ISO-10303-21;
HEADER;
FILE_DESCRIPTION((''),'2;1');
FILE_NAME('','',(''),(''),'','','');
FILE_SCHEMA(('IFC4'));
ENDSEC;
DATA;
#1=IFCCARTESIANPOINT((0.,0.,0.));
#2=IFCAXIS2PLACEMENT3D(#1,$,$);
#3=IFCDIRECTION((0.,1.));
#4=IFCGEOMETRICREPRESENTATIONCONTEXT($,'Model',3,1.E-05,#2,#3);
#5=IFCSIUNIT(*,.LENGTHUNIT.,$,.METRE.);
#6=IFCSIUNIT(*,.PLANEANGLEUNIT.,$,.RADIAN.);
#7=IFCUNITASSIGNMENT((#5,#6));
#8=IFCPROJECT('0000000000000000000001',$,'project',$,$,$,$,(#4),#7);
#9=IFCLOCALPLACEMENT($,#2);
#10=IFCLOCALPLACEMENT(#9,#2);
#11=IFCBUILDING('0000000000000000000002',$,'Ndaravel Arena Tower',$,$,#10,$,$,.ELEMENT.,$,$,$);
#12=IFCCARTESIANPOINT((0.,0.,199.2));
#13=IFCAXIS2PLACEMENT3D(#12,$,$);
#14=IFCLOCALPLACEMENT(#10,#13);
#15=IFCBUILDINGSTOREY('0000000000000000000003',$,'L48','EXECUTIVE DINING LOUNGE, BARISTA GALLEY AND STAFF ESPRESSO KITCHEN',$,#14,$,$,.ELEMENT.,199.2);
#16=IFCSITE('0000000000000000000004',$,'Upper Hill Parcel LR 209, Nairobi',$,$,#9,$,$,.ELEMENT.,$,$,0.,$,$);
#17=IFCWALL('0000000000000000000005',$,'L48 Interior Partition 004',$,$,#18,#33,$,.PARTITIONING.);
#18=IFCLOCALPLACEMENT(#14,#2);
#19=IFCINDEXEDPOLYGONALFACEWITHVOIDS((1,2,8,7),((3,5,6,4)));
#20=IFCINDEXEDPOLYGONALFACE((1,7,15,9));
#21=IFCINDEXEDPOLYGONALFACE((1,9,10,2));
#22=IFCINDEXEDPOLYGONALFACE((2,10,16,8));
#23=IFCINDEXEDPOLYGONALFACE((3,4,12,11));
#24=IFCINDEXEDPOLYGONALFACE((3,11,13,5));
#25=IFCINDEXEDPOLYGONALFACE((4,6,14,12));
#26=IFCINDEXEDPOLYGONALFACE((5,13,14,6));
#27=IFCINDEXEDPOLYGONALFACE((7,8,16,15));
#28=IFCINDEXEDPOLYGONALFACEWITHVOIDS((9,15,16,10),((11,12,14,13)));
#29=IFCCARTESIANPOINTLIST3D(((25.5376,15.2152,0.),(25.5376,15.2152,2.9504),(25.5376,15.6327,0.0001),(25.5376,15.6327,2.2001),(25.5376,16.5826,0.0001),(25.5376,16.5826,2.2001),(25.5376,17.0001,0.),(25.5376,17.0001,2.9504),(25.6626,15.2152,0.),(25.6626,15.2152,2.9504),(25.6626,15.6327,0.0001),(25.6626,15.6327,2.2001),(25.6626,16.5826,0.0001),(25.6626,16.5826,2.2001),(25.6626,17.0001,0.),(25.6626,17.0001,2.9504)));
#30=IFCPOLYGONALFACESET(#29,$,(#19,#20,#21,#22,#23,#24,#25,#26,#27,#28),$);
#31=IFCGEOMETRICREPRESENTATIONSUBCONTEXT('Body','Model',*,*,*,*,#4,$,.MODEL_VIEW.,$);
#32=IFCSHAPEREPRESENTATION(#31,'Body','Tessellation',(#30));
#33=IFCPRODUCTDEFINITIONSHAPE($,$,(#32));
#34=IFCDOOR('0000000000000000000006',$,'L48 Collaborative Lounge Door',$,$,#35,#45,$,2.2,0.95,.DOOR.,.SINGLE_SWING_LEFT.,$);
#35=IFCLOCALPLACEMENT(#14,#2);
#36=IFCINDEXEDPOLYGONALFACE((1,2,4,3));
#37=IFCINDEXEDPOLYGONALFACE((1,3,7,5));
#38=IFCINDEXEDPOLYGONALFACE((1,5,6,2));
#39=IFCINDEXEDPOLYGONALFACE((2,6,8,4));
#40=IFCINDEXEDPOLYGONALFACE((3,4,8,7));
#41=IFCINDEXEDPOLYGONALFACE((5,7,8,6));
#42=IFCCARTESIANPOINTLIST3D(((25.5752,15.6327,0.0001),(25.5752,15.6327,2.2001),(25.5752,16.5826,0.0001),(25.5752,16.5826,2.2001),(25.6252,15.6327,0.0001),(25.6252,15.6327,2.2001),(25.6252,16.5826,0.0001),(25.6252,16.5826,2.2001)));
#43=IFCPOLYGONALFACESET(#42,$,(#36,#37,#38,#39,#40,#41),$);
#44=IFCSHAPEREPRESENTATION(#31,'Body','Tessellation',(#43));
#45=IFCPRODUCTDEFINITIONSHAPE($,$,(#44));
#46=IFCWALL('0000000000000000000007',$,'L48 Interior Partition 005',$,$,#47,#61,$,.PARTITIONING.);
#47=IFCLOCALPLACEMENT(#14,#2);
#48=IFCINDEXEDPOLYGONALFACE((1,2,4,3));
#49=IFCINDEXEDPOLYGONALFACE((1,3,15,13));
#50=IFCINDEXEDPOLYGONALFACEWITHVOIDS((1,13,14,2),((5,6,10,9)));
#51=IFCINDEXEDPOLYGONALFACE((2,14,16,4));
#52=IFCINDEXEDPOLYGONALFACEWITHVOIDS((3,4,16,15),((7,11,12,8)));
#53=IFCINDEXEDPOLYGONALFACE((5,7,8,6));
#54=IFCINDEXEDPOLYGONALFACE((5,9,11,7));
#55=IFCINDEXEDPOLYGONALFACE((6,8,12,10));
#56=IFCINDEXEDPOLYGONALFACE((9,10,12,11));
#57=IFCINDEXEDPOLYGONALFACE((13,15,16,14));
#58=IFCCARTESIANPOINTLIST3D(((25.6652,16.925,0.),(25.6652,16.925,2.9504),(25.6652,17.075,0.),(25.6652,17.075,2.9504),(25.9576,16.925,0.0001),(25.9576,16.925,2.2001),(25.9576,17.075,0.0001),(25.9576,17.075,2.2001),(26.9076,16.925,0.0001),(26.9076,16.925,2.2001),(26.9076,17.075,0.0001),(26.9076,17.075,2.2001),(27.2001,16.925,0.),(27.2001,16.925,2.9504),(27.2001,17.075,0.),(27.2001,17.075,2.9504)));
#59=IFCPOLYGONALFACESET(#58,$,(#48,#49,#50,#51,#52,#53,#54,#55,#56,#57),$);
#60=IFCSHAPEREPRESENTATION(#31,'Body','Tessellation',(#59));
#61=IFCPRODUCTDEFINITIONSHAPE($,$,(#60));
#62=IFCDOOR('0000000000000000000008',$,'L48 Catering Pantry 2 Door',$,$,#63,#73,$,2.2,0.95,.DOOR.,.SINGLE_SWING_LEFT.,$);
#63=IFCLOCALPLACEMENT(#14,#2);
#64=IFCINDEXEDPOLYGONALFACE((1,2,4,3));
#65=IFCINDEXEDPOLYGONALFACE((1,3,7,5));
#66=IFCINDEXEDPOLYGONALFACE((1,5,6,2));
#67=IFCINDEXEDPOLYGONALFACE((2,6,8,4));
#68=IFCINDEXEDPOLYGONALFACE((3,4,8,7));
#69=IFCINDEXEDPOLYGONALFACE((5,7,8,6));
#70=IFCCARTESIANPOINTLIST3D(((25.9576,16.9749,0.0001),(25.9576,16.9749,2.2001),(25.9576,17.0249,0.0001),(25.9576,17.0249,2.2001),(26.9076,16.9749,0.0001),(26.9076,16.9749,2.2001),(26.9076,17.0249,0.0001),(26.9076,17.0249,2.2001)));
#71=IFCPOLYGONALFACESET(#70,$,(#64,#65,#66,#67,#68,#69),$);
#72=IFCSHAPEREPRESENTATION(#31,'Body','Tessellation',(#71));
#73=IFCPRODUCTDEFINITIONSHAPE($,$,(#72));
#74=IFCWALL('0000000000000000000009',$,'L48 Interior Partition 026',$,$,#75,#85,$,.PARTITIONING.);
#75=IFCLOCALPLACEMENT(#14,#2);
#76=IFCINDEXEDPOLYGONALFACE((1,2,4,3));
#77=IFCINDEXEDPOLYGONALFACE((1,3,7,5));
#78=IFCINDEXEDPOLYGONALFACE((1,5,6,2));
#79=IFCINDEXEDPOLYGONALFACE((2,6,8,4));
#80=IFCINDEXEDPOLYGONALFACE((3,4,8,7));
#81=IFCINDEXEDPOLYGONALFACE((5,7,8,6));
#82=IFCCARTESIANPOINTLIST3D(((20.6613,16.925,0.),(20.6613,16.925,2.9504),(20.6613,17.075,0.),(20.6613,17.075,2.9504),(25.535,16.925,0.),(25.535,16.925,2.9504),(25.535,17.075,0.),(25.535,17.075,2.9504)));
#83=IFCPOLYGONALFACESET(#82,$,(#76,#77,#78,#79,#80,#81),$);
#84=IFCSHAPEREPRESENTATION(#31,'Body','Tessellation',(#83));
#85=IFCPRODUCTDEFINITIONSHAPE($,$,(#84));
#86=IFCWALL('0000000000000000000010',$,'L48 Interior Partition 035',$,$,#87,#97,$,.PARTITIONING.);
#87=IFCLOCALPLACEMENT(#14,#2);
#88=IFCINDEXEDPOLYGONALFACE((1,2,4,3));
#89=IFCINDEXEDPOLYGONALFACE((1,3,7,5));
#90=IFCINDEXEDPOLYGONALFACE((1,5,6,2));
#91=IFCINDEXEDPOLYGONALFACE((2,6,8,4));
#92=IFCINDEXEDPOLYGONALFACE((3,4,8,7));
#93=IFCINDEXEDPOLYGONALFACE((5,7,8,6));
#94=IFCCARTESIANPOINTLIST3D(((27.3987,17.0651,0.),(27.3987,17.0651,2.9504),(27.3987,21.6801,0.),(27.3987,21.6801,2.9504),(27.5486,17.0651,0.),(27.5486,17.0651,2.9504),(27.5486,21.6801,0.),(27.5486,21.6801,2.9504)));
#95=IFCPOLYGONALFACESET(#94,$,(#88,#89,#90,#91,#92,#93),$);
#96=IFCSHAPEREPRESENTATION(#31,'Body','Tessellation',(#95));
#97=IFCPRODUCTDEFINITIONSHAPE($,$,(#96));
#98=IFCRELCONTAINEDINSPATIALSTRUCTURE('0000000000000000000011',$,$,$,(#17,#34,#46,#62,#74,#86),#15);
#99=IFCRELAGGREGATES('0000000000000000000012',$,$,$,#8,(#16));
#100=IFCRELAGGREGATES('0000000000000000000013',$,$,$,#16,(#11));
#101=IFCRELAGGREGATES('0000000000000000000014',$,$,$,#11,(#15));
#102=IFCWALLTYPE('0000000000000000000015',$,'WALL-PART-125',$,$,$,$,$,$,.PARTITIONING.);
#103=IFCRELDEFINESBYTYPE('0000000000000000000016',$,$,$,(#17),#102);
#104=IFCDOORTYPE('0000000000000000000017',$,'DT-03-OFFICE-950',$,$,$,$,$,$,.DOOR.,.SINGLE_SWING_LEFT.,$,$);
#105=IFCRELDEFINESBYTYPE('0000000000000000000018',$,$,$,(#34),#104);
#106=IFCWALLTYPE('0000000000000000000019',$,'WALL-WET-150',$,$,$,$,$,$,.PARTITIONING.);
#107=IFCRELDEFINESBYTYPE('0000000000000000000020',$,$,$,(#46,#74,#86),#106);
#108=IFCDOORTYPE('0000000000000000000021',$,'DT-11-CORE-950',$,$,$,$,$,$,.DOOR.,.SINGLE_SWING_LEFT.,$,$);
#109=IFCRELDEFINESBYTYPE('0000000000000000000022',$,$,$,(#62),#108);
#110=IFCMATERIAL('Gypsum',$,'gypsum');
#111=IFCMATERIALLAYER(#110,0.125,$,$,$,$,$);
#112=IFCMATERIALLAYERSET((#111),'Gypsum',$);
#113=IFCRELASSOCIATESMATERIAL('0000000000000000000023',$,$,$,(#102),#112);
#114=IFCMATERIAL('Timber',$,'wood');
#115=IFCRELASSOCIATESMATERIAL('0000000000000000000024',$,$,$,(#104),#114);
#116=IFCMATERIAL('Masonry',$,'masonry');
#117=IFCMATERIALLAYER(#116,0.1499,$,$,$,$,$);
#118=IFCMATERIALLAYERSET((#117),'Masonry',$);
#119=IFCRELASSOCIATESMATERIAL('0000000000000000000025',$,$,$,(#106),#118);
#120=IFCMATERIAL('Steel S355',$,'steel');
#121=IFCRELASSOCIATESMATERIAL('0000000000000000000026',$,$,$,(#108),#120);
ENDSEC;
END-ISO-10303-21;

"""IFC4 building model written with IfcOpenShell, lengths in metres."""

from ifc_helpers import new_model, si_unit, direction, frame, frame_2d, origin, place, context, subcontext, project, spatial, rectangle, extrude, material, layer, layer_set, type_object, element, fill, save


model = new_model("IFC4")

# Units and contexts
model_context = context("Model", 3, precision=1e-05, world=origin(), true_north=direction((0.0, 1.0)))
body_context = subcontext(model_context, "Body", "Model", "MODEL_VIEW")
ifc_project = project(units=[si_unit("LENGTHUNIT", "METRE"), si_unit("PLANEANGLEUNIT", "RADIAN")], contexts=[model_context])

# Site, building, storey
site_placement = place(None, origin())
site = spatial("IfcSite", under=ifc_project, at=site_placement, Name="Upper Hill Parcel LR 209, Nairobi", CompositionType="ELEMENT", RefElevation=0.0)
building_placement = place(site_placement, origin())
building = spatial("IfcBuilding", under=site, at=building_placement, Name="Ndaravel Arena Tower", CompositionType="ELEMENT")
storey_placement = place(building_placement, frame((0.0, 0.0, 199.2)))
storey = spatial("IfcBuildingStorey", under=building, at=storey_placement, Name="L48", Description="EXECUTIVE DINING LOUNGE, BARISTA GALLEY AND STAFF ESPRESSO KITCHEN", CompositionType="ELEMENT", Elevation=199.2)

# Shared definitions
ifc_material_1 = material(Name="Gypsum", Category="gypsum")
ifc_layer_1 = layer(ifc_material_1, 0.125)
ifc_layer_set_1 = layer_set([ifc_layer_1], Name="Gypsum")
wall_type_1 = type_object("IfcWallType", Name="WALL-PART-125", PredefinedType="PARTITIONING", material=ifc_layer_set_1)

# Walls, openings, doors
wall_1_placement = place(storey_placement, frame((25.6001, 15.2151, 0.0), z_axis=(0.0, 0.0, 1.0), x_axis=(0.0, 1.0, 0.0)))
wall_1 = element("IfcWall", 1, at=wall_1_placement, inside=storey, type_object=wall_type_1, Name="L48 Interior Partition 004", PredefinedType="PARTITIONING", context=body_context, shape_type="SweptSolid", body=[
    extrude(rectangle(XDim=1.7849, YDim=0.125, at=frame_2d((0.8926, 0.0))), origin(), (0.0, 0.0, 1.0), 2.9504),
])
opening_1_placement = place(wall_1_placement, frame((0.4175, 0.0, 0.0)))
opening_1 = element("IfcOpeningElement", 2, at=opening_1_placement, cuts=wall_1, PredefinedType="OPENING", context=body_context, shape_type="SweptSolid", body=[
    extrude(rectangle(XDim=0.95, YDim=2.2, at=frame_2d((0.4751, 1.1001))), frame((0.0, 0.0625, 0.0), z_axis=(0.0, -1.0, 0.0), x_axis=(1.0, 0.0, 0.0)), (0.0, 0.0, 1.0), 0.125),
])
ifc_material_2 = material(Name="Timber", Category="wood")
door_type_1 = type_object("IfcDoorType", Name="DT-03-OFFICE-950", OperationType="SINGLE_SWING_LEFT", PredefinedType="DOOR", material=ifc_material_2)
door_1_placement = place(opening_1_placement, origin())
door_1 = element("IfcDoor", 3, at=door_1_placement, inside=storey, type_object=door_type_1, Name="L48 Collaborative Lounge Door", OperationType="SINGLE_SWING_LEFT", OverallHeight=2.2, OverallWidth=0.95, PredefinedType="DOOR", context=body_context, shape_type="SweptSolid", body=[
    extrude(rectangle(XDim=0.95, YDim=2.2, at=frame_2d((0.4751, 1.1001))), frame((0.0, 0.0249, 0.0), z_axis=(0.0, -1.0, 0.0), x_axis=(1.0, 0.0, 0.0)), (0.0, 0.0, 1.0), 0.05),
])
fill(opening_1, door_1)
ifc_material_3 = material(Name="Masonry", Category="masonry")
ifc_layer_2 = layer(ifc_material_3, 0.1499)
ifc_layer_set_2 = layer_set([ifc_layer_2], Name="Masonry")
wall_type_2 = type_object("IfcWallType", Name="WALL-WET-150", PredefinedType="PARTITIONING", material=ifc_layer_set_2)
wall_2_placement = place(storey_placement, frame((25.665, 17.0, 0.0), z_axis=(0.0, 0.0, 1.0), x_axis=(1.0, 0.0, 0.0)))
wall_2 = element("IfcWall", 4, at=wall_2_placement, inside=storey, type_object=wall_type_2, Name="L48 Interior Partition 005", PredefinedType="PARTITIONING", context=body_context, shape_type="SweptSolid", body=[
    extrude(rectangle(XDim=1.5349, YDim=0.1499, at=frame_2d((0.7676, 0.0))), origin(), (0.0, 0.0, 1.0), 2.9504),
])
opening_2_placement = place(wall_2_placement, frame((0.2925, 0.0, 0.0)))
opening_2 = element("IfcOpeningElement", 5, at=opening_2_placement, cuts=wall_2, PredefinedType="OPENING", context=body_context, shape_type="SweptSolid", body=[
    extrude(rectangle(XDim=0.95, YDim=2.2, at=frame_2d((0.4751, 1.1001))), frame((0.0, 0.075, 0.0), z_axis=(0.0, -1.0, 0.0), x_axis=(1.0, 0.0, 0.0)), (0.0, 0.0, 1.0), 0.1499),
])
ifc_material_4 = material(Name="Steel S355", Category="steel")
door_type_2 = type_object("IfcDoorType", Name="DT-11-CORE-950", OperationType="SINGLE_SWING_LEFT", PredefinedType="DOOR", material=ifc_material_4)
door_2_placement = place(opening_2_placement, origin())
door_2 = element("IfcDoor", 6, at=door_2_placement, inside=storey, type_object=door_type_2, Name="L48 Catering Pantry 2 Door", OperationType="SINGLE_SWING_LEFT", OverallHeight=2.2, OverallWidth=0.95, PredefinedType="DOOR", context=body_context, shape_type="SweptSolid", body=[
    extrude(rectangle(XDim=0.95, YDim=2.2, at=frame_2d((0.4751, 1.1001))), frame((0.0, 0.0249, 0.0), z_axis=(0.0, -1.0, 0.0), x_axis=(1.0, 0.0, 0.0)), (0.0, 0.0, 1.0), 0.05),
])
fill(opening_2, door_2)

# Walls
wall_3_placement = place(storey_placement, frame((20.6611, 17.0, 0.0), z_axis=(0.0, 0.0, 1.0), x_axis=(1.0, 0.0, 0.0)))
element("IfcWall", 7, at=wall_3_placement, inside=storey, type_object=wall_type_2, Name="L48 Interior Partition 026", PredefinedType="PARTITIONING", context=body_context, shape_type="SweptSolid", body=[
    extrude(rectangle(XDim=4.8738, YDim=0.1499, at=frame_2d((2.437, 0.0))), origin(), (0.0, 0.0, 1.0), 2.9504),
])
wall_4_placement = place(storey_placement, frame((27.4736, 17.0649, 0.0), z_axis=(0.0, 0.0, 1.0), x_axis=(0.0, 1.0, 0.0)))
element("IfcWall", 8, at=wall_4_placement, inside=storey, type_object=wall_type_2, Name="L48 Interior Partition 035", PredefinedType="PARTITIONING", context=body_context, shape_type="SweptSolid", body=[
    extrude(rectangle(XDim=4.615, YDim=0.1499, at=frame_2d((2.3076, 0.0))), origin(), (0.0, 0.0, 1.0), 2.9504),
])

save(model, "model.ifc")
